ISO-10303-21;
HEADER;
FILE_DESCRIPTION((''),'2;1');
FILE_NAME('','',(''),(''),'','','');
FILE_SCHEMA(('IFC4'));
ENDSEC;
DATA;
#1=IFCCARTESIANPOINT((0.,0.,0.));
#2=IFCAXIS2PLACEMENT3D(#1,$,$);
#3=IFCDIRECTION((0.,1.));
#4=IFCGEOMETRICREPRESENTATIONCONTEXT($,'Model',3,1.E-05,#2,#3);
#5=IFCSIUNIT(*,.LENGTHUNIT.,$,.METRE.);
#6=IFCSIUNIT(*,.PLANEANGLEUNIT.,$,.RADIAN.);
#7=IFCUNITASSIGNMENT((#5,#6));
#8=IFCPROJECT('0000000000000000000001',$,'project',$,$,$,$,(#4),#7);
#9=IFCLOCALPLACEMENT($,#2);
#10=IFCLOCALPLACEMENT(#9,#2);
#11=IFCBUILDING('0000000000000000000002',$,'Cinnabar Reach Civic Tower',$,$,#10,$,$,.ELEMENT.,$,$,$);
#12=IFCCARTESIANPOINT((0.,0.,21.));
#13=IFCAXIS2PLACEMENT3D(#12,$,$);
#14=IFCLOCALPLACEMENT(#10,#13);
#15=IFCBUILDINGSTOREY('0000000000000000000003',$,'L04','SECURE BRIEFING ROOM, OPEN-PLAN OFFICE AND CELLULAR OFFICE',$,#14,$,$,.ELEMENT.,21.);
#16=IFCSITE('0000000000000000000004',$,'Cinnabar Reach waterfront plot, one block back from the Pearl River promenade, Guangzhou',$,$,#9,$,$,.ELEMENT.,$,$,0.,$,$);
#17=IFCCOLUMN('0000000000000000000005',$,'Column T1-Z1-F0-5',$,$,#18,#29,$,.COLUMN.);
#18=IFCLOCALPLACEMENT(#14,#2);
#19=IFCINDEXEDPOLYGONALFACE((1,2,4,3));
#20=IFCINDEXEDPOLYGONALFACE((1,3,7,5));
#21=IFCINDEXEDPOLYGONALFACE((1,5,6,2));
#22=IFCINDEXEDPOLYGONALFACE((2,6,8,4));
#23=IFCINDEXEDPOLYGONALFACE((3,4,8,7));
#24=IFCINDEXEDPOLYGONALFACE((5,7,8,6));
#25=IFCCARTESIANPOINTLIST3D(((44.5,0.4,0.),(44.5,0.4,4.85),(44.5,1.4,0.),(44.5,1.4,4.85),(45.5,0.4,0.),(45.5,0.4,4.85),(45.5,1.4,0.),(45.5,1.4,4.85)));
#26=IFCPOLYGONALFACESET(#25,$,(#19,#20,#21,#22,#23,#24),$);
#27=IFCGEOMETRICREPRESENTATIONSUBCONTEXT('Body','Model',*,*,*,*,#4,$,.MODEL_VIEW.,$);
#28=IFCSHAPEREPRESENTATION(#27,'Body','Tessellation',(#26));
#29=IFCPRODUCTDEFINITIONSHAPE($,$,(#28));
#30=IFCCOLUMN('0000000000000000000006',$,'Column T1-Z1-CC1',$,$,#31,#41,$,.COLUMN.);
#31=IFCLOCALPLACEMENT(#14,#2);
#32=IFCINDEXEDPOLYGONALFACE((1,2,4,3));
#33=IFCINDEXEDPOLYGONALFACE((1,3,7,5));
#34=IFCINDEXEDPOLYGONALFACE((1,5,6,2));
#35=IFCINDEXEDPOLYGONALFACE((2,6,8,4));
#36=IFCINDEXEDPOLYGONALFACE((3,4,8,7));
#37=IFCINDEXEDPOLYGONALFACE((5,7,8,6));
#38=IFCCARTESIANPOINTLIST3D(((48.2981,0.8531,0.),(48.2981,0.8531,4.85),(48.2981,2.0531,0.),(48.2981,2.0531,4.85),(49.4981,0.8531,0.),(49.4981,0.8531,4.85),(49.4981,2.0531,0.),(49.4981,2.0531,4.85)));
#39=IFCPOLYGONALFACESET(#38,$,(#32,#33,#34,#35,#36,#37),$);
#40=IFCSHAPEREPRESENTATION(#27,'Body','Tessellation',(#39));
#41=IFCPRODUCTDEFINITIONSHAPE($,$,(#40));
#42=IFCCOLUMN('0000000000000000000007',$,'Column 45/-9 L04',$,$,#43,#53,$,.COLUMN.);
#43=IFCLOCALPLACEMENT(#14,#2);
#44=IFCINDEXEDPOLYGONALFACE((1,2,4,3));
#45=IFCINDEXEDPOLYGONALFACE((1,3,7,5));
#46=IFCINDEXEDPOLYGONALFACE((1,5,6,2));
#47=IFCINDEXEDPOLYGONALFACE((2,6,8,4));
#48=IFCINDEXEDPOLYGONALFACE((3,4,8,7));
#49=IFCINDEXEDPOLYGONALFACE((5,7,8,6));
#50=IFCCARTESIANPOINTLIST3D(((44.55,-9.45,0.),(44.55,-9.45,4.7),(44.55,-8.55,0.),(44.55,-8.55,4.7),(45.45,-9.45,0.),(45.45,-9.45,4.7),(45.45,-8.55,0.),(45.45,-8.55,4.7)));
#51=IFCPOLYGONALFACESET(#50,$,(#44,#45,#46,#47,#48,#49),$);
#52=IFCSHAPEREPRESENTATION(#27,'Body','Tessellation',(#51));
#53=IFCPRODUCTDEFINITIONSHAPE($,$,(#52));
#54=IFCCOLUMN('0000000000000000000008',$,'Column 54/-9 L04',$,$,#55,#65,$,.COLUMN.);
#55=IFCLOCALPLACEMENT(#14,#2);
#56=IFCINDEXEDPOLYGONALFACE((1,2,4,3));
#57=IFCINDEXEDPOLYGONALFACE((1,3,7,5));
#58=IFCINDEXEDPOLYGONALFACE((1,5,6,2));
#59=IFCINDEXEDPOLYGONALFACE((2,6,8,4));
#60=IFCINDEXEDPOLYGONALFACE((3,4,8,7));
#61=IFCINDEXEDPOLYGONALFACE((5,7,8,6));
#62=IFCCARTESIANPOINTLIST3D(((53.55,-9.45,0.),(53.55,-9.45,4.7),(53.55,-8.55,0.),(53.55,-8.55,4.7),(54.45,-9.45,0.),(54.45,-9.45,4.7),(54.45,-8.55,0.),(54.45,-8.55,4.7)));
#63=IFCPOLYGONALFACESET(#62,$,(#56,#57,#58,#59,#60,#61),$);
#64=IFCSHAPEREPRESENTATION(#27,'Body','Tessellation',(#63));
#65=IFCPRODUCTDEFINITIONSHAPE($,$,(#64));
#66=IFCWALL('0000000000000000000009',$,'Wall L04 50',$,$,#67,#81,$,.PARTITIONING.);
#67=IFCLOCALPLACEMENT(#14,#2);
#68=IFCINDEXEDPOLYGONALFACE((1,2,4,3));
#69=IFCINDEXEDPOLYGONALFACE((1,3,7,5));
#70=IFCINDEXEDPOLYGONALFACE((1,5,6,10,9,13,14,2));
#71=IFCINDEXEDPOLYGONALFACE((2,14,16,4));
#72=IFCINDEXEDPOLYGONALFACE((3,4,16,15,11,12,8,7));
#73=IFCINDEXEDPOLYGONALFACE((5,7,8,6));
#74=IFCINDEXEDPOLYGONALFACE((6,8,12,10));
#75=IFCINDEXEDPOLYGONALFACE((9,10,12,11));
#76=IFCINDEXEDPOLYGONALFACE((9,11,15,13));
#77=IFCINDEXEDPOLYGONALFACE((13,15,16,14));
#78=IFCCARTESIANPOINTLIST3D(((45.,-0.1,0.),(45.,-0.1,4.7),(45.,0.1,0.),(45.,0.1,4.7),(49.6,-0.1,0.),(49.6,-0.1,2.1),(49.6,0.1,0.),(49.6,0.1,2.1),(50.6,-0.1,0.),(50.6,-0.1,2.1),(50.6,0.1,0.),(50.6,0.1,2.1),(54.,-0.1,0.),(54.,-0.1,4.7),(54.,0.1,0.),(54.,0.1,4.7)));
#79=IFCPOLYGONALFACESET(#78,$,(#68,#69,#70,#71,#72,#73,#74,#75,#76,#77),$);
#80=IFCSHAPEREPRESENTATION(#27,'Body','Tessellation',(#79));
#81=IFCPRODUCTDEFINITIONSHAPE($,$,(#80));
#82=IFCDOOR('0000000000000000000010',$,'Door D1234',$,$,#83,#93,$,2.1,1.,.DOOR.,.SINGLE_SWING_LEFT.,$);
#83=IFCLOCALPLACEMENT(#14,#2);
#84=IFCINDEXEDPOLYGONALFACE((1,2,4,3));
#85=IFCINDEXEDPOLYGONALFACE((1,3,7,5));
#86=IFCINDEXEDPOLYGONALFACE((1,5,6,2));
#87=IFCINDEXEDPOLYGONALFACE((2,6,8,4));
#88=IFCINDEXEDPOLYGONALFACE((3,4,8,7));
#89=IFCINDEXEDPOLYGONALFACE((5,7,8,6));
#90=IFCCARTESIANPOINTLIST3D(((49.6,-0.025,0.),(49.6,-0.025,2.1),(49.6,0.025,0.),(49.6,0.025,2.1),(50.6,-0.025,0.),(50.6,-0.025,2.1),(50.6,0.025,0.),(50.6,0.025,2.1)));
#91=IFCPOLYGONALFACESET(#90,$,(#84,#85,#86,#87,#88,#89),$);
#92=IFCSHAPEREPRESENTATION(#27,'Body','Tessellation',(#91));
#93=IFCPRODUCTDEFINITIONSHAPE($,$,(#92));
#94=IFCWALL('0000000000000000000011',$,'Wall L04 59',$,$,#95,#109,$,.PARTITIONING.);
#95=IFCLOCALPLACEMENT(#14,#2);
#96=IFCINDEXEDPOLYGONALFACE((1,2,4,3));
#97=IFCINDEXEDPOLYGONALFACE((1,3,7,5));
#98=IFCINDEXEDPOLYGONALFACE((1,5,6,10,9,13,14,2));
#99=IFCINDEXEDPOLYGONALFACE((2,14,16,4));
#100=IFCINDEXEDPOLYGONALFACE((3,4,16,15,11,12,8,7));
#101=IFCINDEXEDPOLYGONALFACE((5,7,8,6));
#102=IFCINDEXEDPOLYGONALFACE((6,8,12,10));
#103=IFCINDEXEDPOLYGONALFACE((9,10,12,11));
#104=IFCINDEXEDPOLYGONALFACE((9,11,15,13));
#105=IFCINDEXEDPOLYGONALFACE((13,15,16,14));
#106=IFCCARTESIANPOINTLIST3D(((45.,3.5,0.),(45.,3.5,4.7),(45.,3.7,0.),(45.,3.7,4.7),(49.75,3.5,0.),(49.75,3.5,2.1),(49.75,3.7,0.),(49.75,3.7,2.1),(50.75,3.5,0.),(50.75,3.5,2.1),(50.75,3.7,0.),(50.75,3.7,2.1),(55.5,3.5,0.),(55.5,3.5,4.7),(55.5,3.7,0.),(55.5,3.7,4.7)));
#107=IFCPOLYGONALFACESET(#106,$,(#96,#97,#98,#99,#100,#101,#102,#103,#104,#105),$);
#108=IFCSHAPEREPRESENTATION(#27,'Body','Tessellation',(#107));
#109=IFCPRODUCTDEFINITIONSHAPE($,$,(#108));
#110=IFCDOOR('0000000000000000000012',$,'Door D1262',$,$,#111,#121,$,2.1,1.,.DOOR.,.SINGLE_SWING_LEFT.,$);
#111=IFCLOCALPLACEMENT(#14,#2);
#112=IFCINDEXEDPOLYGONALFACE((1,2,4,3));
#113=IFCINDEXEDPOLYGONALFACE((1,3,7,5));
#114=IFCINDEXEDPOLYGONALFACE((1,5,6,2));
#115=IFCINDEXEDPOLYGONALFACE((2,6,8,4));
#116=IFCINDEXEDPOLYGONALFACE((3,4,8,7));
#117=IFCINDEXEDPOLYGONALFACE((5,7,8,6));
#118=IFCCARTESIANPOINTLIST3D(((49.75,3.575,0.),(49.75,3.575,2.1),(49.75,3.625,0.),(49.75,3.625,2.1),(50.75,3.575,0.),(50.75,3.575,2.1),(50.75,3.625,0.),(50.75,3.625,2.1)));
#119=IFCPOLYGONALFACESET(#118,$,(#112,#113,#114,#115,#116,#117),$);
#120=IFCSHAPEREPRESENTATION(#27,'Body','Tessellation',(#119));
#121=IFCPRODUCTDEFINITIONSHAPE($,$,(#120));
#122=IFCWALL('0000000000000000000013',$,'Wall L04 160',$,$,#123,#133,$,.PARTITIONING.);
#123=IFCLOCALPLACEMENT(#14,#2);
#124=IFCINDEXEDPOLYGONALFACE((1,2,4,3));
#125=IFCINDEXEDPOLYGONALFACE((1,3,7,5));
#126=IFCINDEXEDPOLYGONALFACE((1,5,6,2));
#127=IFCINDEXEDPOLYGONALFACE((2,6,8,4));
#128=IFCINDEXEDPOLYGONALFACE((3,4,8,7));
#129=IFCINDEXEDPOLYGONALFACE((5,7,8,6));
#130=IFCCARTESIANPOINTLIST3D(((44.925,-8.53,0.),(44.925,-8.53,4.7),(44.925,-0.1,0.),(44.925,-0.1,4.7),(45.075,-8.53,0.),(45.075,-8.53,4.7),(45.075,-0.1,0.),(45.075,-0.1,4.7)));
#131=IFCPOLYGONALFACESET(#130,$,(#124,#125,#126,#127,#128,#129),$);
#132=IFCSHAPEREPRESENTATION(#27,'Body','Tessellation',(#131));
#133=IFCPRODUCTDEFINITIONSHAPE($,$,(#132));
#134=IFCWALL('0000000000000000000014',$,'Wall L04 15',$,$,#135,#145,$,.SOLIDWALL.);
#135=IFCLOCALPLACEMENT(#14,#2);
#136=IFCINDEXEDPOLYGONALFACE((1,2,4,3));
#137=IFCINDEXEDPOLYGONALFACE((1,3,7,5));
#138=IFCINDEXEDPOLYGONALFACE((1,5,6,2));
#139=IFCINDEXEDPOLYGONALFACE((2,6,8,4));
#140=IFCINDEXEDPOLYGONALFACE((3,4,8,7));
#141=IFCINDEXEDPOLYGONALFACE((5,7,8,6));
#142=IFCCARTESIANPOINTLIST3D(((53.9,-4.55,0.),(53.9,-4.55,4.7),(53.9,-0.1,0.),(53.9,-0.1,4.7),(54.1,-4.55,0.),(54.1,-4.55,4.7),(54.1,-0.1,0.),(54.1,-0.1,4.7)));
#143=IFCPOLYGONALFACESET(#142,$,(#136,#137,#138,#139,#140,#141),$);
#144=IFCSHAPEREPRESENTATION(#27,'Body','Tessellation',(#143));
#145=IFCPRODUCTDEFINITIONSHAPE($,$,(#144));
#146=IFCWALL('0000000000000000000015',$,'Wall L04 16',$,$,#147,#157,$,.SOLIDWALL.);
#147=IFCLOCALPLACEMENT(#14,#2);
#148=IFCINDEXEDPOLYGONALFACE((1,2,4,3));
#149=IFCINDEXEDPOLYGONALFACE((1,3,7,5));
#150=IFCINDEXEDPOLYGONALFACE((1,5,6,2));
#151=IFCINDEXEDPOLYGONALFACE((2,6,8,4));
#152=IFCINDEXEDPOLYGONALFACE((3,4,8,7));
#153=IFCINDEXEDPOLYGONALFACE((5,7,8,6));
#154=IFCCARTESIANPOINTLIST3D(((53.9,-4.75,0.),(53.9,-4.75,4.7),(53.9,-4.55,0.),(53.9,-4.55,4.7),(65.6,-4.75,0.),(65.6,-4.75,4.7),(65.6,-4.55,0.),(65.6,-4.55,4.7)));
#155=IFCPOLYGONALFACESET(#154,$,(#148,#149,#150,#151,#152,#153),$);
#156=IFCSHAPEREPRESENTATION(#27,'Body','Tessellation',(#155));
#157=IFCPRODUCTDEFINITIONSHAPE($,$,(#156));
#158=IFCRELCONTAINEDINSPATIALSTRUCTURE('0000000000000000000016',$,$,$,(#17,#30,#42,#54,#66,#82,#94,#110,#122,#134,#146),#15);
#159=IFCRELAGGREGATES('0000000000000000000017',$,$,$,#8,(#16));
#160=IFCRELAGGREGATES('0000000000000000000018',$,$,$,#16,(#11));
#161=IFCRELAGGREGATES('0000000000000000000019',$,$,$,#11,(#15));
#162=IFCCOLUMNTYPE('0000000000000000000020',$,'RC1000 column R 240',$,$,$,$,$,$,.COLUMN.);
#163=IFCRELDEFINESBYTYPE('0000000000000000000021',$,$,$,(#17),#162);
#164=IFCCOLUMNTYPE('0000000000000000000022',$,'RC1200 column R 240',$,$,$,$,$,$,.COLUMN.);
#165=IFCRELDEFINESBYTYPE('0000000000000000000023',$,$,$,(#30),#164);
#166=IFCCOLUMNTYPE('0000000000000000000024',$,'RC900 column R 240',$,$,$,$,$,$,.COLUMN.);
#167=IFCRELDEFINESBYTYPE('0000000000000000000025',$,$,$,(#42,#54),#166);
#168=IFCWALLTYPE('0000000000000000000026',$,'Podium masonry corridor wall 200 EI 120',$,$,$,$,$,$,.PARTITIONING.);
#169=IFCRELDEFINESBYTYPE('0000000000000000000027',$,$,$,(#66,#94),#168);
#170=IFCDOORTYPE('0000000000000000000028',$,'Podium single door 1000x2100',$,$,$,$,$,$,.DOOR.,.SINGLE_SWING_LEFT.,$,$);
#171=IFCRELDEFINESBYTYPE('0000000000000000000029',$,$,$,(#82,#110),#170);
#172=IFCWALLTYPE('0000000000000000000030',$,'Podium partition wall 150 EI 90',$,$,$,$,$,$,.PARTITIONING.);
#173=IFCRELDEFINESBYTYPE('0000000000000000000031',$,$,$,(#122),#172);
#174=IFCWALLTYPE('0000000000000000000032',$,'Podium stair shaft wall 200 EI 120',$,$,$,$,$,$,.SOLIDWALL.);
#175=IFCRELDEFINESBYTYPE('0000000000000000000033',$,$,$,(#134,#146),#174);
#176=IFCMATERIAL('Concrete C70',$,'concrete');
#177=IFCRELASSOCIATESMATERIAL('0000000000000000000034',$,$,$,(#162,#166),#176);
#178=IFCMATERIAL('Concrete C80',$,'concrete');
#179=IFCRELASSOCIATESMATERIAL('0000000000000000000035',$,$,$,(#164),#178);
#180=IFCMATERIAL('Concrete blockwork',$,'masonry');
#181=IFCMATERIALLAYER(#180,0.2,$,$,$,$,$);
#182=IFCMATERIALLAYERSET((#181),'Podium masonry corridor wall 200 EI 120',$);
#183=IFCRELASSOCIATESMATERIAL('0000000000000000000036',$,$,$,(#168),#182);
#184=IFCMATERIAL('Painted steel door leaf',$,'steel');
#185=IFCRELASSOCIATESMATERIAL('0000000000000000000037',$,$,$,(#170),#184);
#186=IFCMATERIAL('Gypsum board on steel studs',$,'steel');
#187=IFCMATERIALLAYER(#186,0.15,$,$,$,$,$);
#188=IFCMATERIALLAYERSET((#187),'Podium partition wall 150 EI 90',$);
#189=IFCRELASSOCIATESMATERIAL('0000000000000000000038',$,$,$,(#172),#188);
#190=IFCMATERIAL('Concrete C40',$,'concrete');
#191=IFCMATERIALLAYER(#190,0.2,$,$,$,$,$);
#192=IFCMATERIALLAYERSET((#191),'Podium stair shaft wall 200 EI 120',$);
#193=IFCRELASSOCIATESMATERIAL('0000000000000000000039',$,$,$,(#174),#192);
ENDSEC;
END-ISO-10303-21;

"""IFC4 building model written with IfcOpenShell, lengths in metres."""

from ifc_helpers import new_model, si_unit, direction, frame, frame_2d, origin, origin_2d, place, context, subcontext, project, spatial, rectangle, extrude, material, layer, layer_set, material_profile, profile_set, type_object, element, fill, save


model = new_model("IFC4")

# Units and contexts
model_context = context("Model", 3, precision=1e-05, world=origin(), true_north=direction((0.0, 1.0)))
body_context = subcontext(model_context, "Body", "Model", "MODEL_VIEW")
ifc_project = project(units=[si_unit("LENGTHUNIT", "METRE"), si_unit("PLANEANGLEUNIT", "RADIAN")], contexts=[model_context])

# Site, building, storey
site_placement = place(None, origin())
site = spatial("IfcSite", under=ifc_project, at=site_placement, Name="Cinnabar Reach waterfront plot, one block back from the Pearl River promenade, Guangzhou", CompositionType="ELEMENT", RefElevation=0.0)
building_placement = place(site_placement, origin())
building = spatial("IfcBuilding", under=site, at=building_placement, Name="Cinnabar Reach Civic Tower", CompositionType="ELEMENT")
storey_placement = place(building_placement, frame((0.0, 0.0, 21.0)))
storey = spatial("IfcBuildingStorey", under=building, at=storey_placement, Name="L04", Description="SECURE BRIEFING ROOM, OPEN-PLAN OFFICE AND CELLULAR OFFICE", CompositionType="ELEMENT", Elevation=21.0)

# Columns
ifc_material_1 = material(Name="Concrete C70", Category="concrete")
ifc_material_profile_1 = material_profile(ifc_material_1, rectangle(XDim=1.0, YDim=1.0, at=origin_2d()), Name="RC1000")
ifc_profile_set_1 = profile_set([ifc_material_profile_1], Name="Concrete C70")
column_type_1 = type_object("IfcColumnType", Name="RC1000 column R 240", PredefinedType="COLUMN", material=ifc_profile_set_1)
column_1_placement = place(storey_placement, frame((45.0, 0.9, 0.0), z_axis=(0.0, 0.0, 1.0), x_axis=(1.0, 0.0, 0.0)))
element("IfcColumn", 1, at=column_1_placement, inside=storey, type_object=column_type_1, Name="Column T1-Z1-F0-5", PredefinedType="COLUMN", context=body_context, shape_type="SweptSolid", body=[
    extrude(rectangle(XDim=1.0, YDim=1.0, at=origin_2d()), origin(), (0.0, 0.0, 1.0), 4.85),
])
ifc_material_2 = material(Name="Concrete C80", Category="concrete")
ifc_material_profile_2 = material_profile(ifc_material_2, rectangle(XDim=1.2, YDim=1.2, at=origin_2d()), Name="RC1200")
ifc_profile_set_2 = profile_set([ifc_material_profile_2], Name="Concrete C80")
column_type_2 = type_object("IfcColumnType", Name="RC1200 column R 240", PredefinedType="COLUMN", material=ifc_profile_set_2)
column_2_placement = place(storey_placement, frame((48.8981, 1.4531, 0.0), z_axis=(0.0, 0.0, 1.0), x_axis=(1.0, 0.0, 0.0)))
element("IfcColumn", 2, at=column_2_placement, inside=storey, type_object=column_type_2, Name="Column T1-Z1-CC1", PredefinedType="COLUMN", context=body_context, shape_type="SweptSolid", body=[
    extrude(rectangle(XDim=1.2, YDim=1.2, at=origin_2d()), origin(), (0.0, 0.0, 1.0), 4.85),
])
ifc_material_profile_3 = material_profile(ifc_material_1, rectangle(XDim=0.9, YDim=0.9, at=origin_2d()), Name="RC900")
ifc_profile_set_3 = profile_set([ifc_material_profile_3], Name="Concrete C70")
column_type_3 = type_object("IfcColumnType", Name="RC900 column R 240", PredefinedType="COLUMN", material=ifc_profile_set_3)
for number, where, z_axis, x_axis, name in (
    (3, (45.0, -9.0, 0.0), (0.0, 0.0, 1.0), (1.0, 0.0, 0.0), "Column 45/-9 L04"),
    (4, (54.0, -9.0, 0.0), (0.0, 0.0, 1.0), (1.0, 0.0, 0.0), "Column 54/-9 L04"),
):
    element("IfcColumn", number, at=place(storey_placement, frame(where, z_axis=z_axis, x_axis=x_axis)), inside=storey, type_object=column_type_3, Name=name, PredefinedType="COLUMN", context=body_context, shape_type="SweptSolid", body=[
        extrude(rectangle(XDim=0.9, YDim=0.9, at=origin_2d()), origin(), (0.0, 0.0, 1.0), 4.7),
    ])

# Walls, openings, doors
ifc_material_3 = material(Name="Concrete blockwork", Category="masonry")
ifc_layer_1 = layer(ifc_material_3, 0.2)
ifc_layer_set_1 = layer_set([ifc_layer_1], Name="Podium masonry corridor wall 200 EI 120")
wall_type_1 = type_object("IfcWallType", Name="Podium masonry corridor wall 200 EI 120", PredefinedType="PARTITIONING", material=ifc_layer_set_1)
wall_1_placement = place(storey_placement, frame((45.0, 0.0, 0.0), z_axis=(0.0, 0.0, 1.0), x_axis=(1.0, 0.0, 0.0)))
wall_1 = element("IfcWall", 5, at=wall_1_placement, inside=storey, type_object=wall_type_1, Name="Wall L04 50", PredefinedType="PARTITIONING", context=body_context, shape_type="SweptSolid", body=[
    extrude(rectangle(XDim=9.0, YDim=0.2, at=frame_2d((4.5, 0.0))), origin(), (0.0, 0.0, 1.0), 4.7),
])
opening_1_placement = place(wall_1_placement, frame((4.6, 0.0, 0.0)))
opening_1 = element("IfcOpeningElement", 6, at=opening_1_placement, cuts=wall_1, PredefinedType="OPENING", context=body_context, shape_type="SweptSolid", body=[
    extrude(rectangle(XDim=1.0, YDim=2.1, at=frame_2d((0.5, 1.05))), frame((0.0, 0.11, 0.0), z_axis=(0.0, -1.0, 0.0), x_axis=(1.0, 0.0, 0.0)), (0.0, 0.0, 1.0), 0.22),
])
ifc_material_4 = material(Name="Painted steel door leaf", Category="steel")
door_type = type_object("IfcDoorType", Name="Podium single door 1000x2100", OperationType="SINGLE_SWING_LEFT", PredefinedType="DOOR", material=ifc_material_4)
door_1_placement = place(opening_1_placement, origin())
door_1 = element("IfcDoor", 7, at=door_1_placement, inside=storey, type_object=door_type, Name="Door D1234", OperationType="SINGLE_SWING_LEFT", OverallHeight=2.1, OverallWidth=1.0, PredefinedType="DOOR", context=body_context, shape_type="SweptSolid", body=[
    extrude(rectangle(XDim=1.0, YDim=2.1, at=frame_2d((0.5, 1.05))), frame((0.0, 0.025, 0.0), z_axis=(0.0, -1.0, 0.0), x_axis=(1.0, 0.0, 0.0)), (0.0, 0.0, 1.0), 0.05),
])
fill(opening_1, door_1)
wall_2_placement = place(storey_placement, frame((45.0, 3.6, 0.0), z_axis=(0.0, 0.0, 1.0), x_axis=(1.0, 0.0, 0.0)))
wall_2 = element("IfcWall", 8, at=wall_2_placement, inside=storey, type_object=wall_type_1, Name="Wall L04 59", PredefinedType="PARTITIONING", context=body_context, shape_type="SweptSolid", body=[
    extrude(rectangle(XDim=10.5, YDim=0.2, at=frame_2d((5.25, 0.0))), origin(), (0.0, 0.0, 1.0), 4.7),
])
opening_2_placement = place(wall_2_placement, frame((4.75, 0.0, 0.0)))
opening_2 = element("IfcOpeningElement", 9, at=opening_2_placement, cuts=wall_2, PredefinedType="OPENING", context=body_context, shape_type="SweptSolid", body=[
    extrude(rectangle(XDim=1.0, YDim=2.1, at=frame_2d((0.5, 1.05))), frame((0.0, 0.11, 0.0), z_axis=(0.0, -1.0, 0.0), x_axis=(1.0, 0.0, 0.0)), (0.0, 0.0, 1.0), 0.22),
])
door_2_placement = place(opening_2_placement, origin())
door_2 = element("IfcDoor", 10, at=door_2_placement, inside=storey, type_object=door_type, Name="Door D1262", OperationType="SINGLE_SWING_LEFT", OverallHeight=2.1, OverallWidth=1.0, PredefinedType="DOOR", context=body_context, shape_type="SweptSolid", body=[
    extrude(rectangle(XDim=1.0, YDim=2.1, at=frame_2d((0.5, 1.05))), frame((0.0, 0.025, 0.0), z_axis=(0.0, -1.0, 0.0), x_axis=(1.0, 0.0, 0.0)), (0.0, 0.0, 1.0), 0.05),
])
fill(opening_2, door_2)

# Walls
ifc_material_5 = material(Name="Gypsum board on steel studs", Category="steel")
ifc_layer_2 = layer(ifc_material_5, 0.15)
ifc_layer_set_2 = layer_set([ifc_layer_2], Name="Podium partition wall 150 EI 90")
wall_type_2 = type_object("IfcWallType", Name="Podium partition wall 150 EI 90", PredefinedType="PARTITIONING", material=ifc_layer_set_2)
wall_3_placement = place(storey_placement, frame((45.0, -8.53, 0.0), z_axis=(0.0, 0.0, 1.0), x_axis=(0.0, 1.0, 0.0)))
element("IfcWall", 11, at=wall_3_placement, inside=storey, type_object=wall_type_2, Name="Wall L04 160", PredefinedType="PARTITIONING", context=body_context, shape_type="SweptSolid", body=[
    extrude(rectangle(XDim=8.43, YDim=0.15, at=frame_2d((4.215, 0.0))), origin(), (0.0, 0.0, 1.0), 4.7),
])
ifc_material_6 = material(Name="Concrete C40", Category="concrete")
ifc_layer_3 = layer(ifc_material_6, 0.2)
ifc_layer_set_3 = layer_set([ifc_layer_3], Name="Podium stair shaft wall 200 EI 120")
wall_type_3 = type_object("IfcWallType", Name="Podium stair shaft wall 200 EI 120", PredefinedType="SOLIDWALL", material=ifc_layer_set_3)
wall_4_placement = place(storey_placement, frame((54.0, -4.55, 0.0), z_axis=(0.0, 0.0, 1.0), x_axis=(0.0, 1.0, 0.0)))
element("IfcWall", 12, at=wall_4_placement, inside=storey, type_object=wall_type_3, Name="Wall L04 15", PredefinedType="SOLIDWALL", context=body_context, shape_type="SweptSolid", body=[
    extrude(rectangle(XDim=4.45, YDim=0.2, at=frame_2d((2.225, 0.0))), origin(), (0.0, 0.0, 1.0), 4.7),
])
wall_5_placement = place(storey_placement, frame((53.9, -4.65, 0.0), z_axis=(0.0, 0.0, 1.0), x_axis=(1.0, 0.0, 0.0)))
element("IfcWall", 13, at=wall_5_placement, inside=storey, type_object=wall_type_3, Name="Wall L04 16", PredefinedType="SOLIDWALL", context=body_context, shape_type="SweptSolid", body=[
    extrude(rectangle(XDim=11.7, YDim=0.2, at=frame_2d((5.85, 0.0))), origin(), (0.0, 0.0, 1.0), 4.7),
])

save(model, "model.ifc")
